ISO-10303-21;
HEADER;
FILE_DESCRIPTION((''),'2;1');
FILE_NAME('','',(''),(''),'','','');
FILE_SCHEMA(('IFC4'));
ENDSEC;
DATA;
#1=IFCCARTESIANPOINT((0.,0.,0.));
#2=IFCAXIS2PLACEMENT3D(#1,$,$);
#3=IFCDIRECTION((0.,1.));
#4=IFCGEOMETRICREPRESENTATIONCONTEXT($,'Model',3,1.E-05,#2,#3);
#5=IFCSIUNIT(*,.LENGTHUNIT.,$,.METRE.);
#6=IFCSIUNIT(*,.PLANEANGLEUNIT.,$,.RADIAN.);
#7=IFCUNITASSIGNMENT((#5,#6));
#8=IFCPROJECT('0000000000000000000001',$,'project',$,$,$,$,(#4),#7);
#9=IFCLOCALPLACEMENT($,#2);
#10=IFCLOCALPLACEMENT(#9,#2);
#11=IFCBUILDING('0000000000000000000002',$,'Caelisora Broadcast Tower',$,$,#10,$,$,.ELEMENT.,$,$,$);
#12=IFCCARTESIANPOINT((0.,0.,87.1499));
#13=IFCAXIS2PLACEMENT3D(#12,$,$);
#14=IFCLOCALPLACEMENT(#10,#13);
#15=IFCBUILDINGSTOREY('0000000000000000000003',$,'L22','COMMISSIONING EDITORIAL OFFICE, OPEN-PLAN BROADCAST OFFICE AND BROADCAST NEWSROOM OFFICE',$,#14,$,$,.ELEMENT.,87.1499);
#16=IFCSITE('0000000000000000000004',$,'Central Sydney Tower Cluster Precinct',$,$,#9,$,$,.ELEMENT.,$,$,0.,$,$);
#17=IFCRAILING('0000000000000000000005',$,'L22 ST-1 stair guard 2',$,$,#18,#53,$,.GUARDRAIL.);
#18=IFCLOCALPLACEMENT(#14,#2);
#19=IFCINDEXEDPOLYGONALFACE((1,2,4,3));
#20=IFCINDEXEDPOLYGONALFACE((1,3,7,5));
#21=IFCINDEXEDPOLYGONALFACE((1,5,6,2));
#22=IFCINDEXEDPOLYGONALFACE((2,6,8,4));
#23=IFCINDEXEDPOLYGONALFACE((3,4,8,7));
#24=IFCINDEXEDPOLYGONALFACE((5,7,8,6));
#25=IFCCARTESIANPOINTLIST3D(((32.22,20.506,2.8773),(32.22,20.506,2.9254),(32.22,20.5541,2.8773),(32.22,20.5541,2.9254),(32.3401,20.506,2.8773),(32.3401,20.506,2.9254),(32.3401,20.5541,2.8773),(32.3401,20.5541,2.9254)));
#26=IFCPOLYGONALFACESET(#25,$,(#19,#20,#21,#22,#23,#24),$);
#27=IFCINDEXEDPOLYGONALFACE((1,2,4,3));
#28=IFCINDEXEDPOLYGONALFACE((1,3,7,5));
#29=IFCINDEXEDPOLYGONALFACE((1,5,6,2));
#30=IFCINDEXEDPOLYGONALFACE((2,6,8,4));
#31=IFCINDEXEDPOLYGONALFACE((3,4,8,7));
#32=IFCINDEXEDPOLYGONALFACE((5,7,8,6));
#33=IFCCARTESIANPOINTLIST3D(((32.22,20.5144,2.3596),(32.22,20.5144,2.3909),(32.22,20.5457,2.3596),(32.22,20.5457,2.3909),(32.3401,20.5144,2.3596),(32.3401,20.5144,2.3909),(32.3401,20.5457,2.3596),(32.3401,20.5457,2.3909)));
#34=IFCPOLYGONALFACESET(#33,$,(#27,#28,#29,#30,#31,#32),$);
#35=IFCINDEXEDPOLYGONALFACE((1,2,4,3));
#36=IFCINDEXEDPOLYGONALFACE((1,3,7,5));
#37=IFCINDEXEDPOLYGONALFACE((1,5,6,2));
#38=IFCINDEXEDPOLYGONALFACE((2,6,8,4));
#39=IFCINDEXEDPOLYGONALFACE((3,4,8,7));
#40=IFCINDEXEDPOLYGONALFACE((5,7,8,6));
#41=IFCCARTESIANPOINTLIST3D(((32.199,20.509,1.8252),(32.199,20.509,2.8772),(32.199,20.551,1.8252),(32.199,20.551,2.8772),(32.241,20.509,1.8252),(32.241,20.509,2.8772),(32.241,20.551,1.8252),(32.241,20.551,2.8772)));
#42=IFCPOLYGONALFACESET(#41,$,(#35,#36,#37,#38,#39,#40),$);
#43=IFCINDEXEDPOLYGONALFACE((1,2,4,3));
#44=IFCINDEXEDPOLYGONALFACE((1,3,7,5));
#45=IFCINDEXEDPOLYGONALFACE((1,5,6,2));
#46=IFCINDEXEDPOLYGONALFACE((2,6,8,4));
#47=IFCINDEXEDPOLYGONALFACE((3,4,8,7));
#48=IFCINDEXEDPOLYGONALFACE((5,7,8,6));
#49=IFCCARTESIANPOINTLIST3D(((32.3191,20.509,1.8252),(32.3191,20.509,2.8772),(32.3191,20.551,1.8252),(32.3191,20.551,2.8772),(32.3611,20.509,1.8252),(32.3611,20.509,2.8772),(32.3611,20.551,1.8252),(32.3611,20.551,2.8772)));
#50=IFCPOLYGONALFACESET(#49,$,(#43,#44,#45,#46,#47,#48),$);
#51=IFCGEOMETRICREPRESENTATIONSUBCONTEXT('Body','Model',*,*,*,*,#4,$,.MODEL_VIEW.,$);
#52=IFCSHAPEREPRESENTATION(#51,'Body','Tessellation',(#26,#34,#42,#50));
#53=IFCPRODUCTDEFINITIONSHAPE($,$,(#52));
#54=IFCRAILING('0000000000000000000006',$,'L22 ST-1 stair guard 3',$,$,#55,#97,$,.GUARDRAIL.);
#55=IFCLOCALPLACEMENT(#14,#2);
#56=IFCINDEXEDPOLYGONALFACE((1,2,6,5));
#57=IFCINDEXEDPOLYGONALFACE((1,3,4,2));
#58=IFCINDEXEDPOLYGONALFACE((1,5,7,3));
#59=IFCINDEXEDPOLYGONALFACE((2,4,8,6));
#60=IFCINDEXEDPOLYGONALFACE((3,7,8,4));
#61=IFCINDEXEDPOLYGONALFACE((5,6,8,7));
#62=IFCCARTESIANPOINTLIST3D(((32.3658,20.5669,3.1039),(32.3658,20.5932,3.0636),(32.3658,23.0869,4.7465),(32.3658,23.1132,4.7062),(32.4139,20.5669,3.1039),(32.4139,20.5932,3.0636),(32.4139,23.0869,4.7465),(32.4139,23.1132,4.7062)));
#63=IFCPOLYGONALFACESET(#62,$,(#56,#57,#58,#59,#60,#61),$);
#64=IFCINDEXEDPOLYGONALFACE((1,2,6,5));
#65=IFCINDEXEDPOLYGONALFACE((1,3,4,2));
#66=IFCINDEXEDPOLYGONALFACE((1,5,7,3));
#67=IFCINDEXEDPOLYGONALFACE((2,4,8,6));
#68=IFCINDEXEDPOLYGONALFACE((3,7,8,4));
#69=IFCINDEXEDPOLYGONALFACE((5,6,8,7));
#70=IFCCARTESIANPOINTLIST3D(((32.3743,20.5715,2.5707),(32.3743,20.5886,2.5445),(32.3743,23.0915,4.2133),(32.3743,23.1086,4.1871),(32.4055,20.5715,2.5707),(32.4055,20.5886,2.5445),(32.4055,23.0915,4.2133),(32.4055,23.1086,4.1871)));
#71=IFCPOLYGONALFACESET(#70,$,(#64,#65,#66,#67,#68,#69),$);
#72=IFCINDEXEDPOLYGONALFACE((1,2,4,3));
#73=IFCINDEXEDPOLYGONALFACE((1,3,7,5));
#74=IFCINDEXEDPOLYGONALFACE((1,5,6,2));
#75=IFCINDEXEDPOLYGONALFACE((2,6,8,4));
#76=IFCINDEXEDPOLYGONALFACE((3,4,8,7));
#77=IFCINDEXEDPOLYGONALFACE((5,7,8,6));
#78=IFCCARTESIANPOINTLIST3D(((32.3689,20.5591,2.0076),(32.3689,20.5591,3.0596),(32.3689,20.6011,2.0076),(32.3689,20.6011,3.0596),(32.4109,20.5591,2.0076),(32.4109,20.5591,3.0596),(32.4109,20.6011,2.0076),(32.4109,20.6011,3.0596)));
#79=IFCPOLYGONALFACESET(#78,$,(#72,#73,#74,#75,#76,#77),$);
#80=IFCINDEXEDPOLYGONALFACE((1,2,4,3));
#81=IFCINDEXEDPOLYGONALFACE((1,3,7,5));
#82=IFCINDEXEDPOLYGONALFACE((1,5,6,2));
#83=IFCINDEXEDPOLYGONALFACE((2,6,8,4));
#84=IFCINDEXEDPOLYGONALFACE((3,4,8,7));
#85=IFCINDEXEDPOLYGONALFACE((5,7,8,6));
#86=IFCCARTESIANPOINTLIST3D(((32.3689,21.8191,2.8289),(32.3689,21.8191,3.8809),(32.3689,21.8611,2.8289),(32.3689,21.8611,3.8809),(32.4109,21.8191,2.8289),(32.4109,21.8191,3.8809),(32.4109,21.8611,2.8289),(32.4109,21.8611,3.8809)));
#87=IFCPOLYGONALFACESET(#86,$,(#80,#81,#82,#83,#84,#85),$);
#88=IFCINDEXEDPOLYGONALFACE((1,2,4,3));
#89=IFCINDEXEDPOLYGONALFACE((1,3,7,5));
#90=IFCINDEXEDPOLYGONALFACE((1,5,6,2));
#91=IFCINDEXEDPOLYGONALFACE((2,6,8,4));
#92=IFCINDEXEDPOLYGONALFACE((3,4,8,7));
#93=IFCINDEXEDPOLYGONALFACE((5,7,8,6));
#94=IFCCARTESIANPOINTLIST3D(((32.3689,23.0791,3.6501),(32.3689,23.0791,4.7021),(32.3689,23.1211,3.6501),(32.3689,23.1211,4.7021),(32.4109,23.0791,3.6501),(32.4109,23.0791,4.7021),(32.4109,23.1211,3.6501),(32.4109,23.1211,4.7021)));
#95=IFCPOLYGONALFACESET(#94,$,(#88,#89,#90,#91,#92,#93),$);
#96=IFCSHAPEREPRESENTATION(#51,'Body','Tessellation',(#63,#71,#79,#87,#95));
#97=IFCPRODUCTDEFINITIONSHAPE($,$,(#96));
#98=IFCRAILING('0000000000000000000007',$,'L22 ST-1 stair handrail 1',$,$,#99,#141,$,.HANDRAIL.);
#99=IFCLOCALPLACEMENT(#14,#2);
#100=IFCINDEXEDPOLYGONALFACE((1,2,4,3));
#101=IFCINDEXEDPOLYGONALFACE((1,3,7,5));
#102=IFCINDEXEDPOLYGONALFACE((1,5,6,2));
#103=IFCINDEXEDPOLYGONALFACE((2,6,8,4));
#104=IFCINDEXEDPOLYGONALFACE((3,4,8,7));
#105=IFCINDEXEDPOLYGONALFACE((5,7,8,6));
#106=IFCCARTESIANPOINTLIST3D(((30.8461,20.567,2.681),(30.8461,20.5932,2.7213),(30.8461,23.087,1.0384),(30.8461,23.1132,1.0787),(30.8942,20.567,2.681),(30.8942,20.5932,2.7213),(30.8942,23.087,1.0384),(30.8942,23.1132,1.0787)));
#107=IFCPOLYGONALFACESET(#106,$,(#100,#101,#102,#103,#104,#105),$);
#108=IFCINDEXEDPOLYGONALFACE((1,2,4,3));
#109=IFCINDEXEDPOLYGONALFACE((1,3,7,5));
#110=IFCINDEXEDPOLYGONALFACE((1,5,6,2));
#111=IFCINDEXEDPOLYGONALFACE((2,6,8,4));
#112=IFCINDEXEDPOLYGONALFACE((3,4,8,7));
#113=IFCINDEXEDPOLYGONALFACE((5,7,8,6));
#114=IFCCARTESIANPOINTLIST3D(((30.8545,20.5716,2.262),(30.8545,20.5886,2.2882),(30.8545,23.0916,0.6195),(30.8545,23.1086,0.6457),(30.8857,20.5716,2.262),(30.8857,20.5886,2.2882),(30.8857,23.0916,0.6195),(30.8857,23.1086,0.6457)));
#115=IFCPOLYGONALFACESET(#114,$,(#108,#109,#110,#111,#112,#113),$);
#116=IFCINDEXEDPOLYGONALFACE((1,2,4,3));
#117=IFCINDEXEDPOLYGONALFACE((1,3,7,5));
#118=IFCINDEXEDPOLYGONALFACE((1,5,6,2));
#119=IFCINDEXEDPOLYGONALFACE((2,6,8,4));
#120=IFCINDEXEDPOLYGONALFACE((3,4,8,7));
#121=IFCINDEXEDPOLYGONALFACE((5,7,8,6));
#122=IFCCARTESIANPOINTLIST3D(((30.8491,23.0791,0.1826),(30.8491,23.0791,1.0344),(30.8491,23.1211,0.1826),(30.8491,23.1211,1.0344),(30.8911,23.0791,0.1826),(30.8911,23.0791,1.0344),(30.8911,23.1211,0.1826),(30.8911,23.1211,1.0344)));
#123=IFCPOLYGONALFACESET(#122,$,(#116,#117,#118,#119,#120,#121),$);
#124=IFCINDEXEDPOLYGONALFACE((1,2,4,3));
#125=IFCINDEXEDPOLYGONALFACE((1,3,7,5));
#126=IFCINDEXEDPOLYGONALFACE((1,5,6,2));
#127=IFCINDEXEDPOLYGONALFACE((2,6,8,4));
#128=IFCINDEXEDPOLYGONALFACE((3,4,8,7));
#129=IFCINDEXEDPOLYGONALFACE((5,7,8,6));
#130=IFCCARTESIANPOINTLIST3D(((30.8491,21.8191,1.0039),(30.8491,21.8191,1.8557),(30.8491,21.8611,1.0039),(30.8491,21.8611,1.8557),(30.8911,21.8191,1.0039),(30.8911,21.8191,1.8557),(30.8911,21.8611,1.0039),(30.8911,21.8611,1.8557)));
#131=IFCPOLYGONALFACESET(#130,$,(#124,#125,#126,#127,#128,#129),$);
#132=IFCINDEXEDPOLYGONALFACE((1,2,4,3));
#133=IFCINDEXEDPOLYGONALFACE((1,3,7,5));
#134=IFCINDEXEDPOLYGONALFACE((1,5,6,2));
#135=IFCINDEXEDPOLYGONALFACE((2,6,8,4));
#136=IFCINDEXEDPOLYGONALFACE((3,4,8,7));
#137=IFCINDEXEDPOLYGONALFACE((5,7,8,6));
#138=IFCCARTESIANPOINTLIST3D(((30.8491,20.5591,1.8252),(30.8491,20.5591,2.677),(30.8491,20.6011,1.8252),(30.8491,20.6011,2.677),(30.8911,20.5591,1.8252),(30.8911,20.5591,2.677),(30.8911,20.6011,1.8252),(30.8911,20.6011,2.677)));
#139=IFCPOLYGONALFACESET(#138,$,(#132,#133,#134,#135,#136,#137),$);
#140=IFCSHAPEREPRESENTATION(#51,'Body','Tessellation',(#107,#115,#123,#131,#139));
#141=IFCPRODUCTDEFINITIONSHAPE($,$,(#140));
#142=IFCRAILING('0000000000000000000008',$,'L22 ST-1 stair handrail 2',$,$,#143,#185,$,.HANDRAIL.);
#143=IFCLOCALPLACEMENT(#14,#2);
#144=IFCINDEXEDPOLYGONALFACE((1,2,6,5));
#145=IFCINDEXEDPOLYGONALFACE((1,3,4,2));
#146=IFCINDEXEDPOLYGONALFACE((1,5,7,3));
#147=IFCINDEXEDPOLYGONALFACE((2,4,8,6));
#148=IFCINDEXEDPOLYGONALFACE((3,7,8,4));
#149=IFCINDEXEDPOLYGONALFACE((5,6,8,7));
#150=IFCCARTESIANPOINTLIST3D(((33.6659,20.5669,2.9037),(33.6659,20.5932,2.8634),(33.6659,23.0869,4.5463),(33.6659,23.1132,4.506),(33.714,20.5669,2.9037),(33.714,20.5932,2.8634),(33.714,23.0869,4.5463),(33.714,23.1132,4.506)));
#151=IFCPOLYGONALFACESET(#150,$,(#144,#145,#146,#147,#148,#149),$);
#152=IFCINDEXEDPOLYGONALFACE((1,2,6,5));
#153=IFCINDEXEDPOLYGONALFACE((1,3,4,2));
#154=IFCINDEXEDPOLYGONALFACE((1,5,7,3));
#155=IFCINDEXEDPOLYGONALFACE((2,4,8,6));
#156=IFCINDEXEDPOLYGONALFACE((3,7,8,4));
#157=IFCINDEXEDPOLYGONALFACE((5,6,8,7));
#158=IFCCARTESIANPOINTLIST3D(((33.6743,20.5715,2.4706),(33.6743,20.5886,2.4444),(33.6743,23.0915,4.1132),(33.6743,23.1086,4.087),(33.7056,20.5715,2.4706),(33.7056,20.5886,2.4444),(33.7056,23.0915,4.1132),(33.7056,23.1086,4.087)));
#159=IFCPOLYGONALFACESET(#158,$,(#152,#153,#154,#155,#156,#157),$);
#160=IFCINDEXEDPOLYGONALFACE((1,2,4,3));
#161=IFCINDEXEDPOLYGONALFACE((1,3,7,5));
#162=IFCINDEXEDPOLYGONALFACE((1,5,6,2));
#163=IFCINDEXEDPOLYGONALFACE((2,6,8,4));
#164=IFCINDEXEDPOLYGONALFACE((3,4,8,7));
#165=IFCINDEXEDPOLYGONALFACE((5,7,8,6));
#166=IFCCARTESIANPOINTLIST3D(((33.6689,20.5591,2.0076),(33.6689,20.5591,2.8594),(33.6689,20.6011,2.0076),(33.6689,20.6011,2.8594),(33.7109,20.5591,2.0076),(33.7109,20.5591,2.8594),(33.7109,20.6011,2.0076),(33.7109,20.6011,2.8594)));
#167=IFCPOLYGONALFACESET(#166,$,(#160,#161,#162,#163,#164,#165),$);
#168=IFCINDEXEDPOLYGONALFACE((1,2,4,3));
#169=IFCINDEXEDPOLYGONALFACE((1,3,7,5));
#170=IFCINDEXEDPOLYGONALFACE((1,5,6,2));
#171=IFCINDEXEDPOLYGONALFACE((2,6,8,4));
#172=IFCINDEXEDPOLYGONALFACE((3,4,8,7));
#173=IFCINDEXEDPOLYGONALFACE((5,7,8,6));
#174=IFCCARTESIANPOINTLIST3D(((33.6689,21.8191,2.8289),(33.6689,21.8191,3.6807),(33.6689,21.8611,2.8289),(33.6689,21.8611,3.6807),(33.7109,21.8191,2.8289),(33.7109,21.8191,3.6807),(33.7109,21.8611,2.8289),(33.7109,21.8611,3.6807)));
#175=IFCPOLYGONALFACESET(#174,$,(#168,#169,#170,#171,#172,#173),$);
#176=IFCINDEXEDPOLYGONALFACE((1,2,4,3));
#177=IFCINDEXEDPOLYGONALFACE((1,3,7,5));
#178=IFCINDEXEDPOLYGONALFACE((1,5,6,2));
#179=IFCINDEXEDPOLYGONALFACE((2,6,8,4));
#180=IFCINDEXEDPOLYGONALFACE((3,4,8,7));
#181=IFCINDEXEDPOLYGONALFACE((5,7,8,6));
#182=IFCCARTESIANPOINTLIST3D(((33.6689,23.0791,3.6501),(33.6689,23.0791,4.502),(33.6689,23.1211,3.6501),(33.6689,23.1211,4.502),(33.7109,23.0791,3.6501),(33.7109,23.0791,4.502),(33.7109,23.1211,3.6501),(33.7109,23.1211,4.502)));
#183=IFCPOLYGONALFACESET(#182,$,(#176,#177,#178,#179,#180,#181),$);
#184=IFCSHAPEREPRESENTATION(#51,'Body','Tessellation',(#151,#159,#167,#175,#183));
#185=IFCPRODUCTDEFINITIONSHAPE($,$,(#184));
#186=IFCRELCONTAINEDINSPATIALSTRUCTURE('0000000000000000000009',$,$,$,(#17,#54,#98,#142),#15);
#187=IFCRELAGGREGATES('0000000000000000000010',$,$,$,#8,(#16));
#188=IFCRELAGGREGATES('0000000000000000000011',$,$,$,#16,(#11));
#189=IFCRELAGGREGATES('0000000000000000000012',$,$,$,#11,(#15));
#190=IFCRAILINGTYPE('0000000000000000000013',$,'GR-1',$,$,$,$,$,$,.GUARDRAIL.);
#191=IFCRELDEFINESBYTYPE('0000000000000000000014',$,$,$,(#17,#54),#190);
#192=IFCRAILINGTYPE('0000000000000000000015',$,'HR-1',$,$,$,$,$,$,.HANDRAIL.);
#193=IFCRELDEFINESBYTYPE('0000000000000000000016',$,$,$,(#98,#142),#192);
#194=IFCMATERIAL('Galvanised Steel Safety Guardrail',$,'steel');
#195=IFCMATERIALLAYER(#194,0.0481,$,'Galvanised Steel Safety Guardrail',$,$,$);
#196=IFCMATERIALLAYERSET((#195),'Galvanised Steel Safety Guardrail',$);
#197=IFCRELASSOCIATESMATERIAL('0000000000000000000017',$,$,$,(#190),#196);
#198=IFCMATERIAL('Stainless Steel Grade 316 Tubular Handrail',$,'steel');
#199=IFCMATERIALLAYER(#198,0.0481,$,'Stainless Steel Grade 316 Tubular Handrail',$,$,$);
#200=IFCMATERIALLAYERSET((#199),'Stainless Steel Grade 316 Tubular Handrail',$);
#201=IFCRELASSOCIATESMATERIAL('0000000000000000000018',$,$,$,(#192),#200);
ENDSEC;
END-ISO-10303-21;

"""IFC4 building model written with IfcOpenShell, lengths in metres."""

from ifc_helpers import new_model, si_unit, direction, frame, origin, origin_2d, place, context, subcontext, project, spatial, rectangle, extrude, material, layer, layer_set, type_object, element, save


model = new_model("IFC4")

# Units and contexts
model_context = context("Model", 3, precision=1e-05, world=origin(), true_north=direction((0.0, 1.0)))
body_context = subcontext(model_context, "Body", "Model", "MODEL_VIEW")
ifc_project = project(units=[si_unit("LENGTHUNIT", "METRE"), si_unit("PLANEANGLEUNIT", "RADIAN")], contexts=[model_context])

# Site, building, storey
site_placement = place(None, origin())
site = spatial("IfcSite", under=ifc_project, at=site_placement, Name="Central Sydney Tower Cluster Precinct", CompositionType="ELEMENT", RefElevation=0.0)
building_placement = place(site_placement, origin())
building = spatial("IfcBuilding", under=site, at=building_placement, Name="Caelisora Broadcast Tower", CompositionType="ELEMENT")
storey_placement = place(building_placement, frame((0.0, 0.0, 87.1499)))
storey = spatial("IfcBuildingStorey", under=building, at=storey_placement, Name="L22", Description="COMMISSIONING EDITORIAL OFFICE, OPEN-PLAN BROADCAST OFFICE AND BROADCAST NEWSROOM OFFICE", CompositionType="ELEMENT", Elevation=87.1499)

# Railings
ifc_material_1 = material(Name="Galvanised Steel Safety Guardrail", Category="steel")
ifc_layer_1 = layer(ifc_material_1, 0.0481, Name="Galvanised Steel Safety Guardrail")
ifc_layer_set_1 = layer_set([ifc_layer_1], Name="Galvanised Steel Safety Guardrail")
railing_type_1 = type_object("IfcRailingType", Name="GR-1", PredefinedType="GUARDRAIL", material=ifc_layer_set_1)
railing_1_placement = place(storey_placement, frame((32.22, 20.53, 1.8252)))
element("IfcRailing", 1, at=railing_1_placement, inside=storey, type_object=railing_type_1, Name="L22 ST-1 stair guard 2", PredefinedType="GUARDRAIL", context=body_context, shape_type="SweptSolid", body=[
    extrude(rectangle(XDim=0.0481, YDim=0.0481, at=origin_2d()), frame((0.0, 0.0, 1.0762), z_axis=(1.0, 0.0, 0.0), x_axis=(0.0, 1.0, 0.0)), (0.0, 0.0, 1.0), 0.1201),
    extrude(rectangle(XDim=0.0312, YDim=0.0312, at=origin_2d()), frame((0.0, 0.0, 0.55), z_axis=(1.0, 0.0, 0.0), x_axis=(0.0, 1.0, 0.0)), (0.0, 0.0, 1.0), 0.1201),
    extrude(rectangle(XDim=0.042, YDim=0.042, at=origin_2d()), origin(), (0.0, 0.0, 1.0), 1.052),
    extrude(rectangle(XDim=0.042, YDim=0.042, at=origin_2d()), frame((0.1201, 0.0, 0.0)), (0.0, 0.0, 1.0), 1.052),
])
railing_2_placement = place(storey_placement, frame((32.3899, 20.5801, 2.0076)))
element("IfcRailing", 2, at=railing_2_placement, inside=storey, type_object=railing_type_1, Name="L22 ST-1 stair guard 3", PredefinedType="GUARDRAIL", context=body_context, shape_type="SweptSolid", body=[
    extrude(rectangle(XDim=0.0481, YDim=0.0481, at=origin_2d()), frame((0.0, 0.0, 1.0762), z_axis=(0.0, 0.837749, 0.546055), x_axis=(-1.0, 0.0, 0.0)), (0.0, 0.0, 1.0), 3.0081),
    extrude(rectangle(XDim=0.0312, YDim=0.0312, at=origin_2d()), frame((0.0, 0.0, 0.55), z_axis=(0.0, 0.837749, 0.546055), x_axis=(-1.0, 0.0, 0.0)), (0.0, 0.0, 1.0), 3.0081),
    extrude(rectangle(XDim=0.042, YDim=0.042, at=origin_2d()), origin(), (0.0, 0.0, 1.0), 1.052),
    extrude(rectangle(XDim=0.042, YDim=0.042, at=origin_2d()), frame((0.0, 1.26, 0.8213)), (0.0, 0.0, 1.0), 1.052),
    extrude(rectangle(XDim=0.042, YDim=0.042, at=origin_2d()), frame((0.0, 2.52, 1.6426)), (0.0, 0.0, 1.0), 1.052),
])
ifc_material_2 = material(Name="Stainless Steel Grade 316 Tubular Handrail", Category="steel")
ifc_layer_2 = layer(ifc_material_2, 0.0481, Name="Stainless Steel Grade 316 Tubular Handrail")
ifc_layer_set_2 = layer_set([ifc_layer_2], Name="Stainless Steel Grade 316 Tubular Handrail")
railing_type_2 = type_object("IfcRailingType", Name="HR-1", PredefinedType="HANDRAIL", material=ifc_layer_set_2)
railing_3_placement = place(storey_placement, frame((30.8701, 23.1001, 0.1826)))
element("IfcRailing", 3, at=railing_3_placement, inside=storey, type_object=railing_type_2, Name="L22 ST-1 stair handrail 1", PredefinedType="HANDRAIL", context=body_context, shape_type="SweptSolid", body=[
    extrude(rectangle(XDim=0.0481, YDim=0.0481, at=origin_2d()), frame((0.0, 0.0, 0.876), z_axis=(0.0, -0.837749, 0.546055), x_axis=(1.0, 0.0, 0.0)), (0.0, 0.0, 1.0), 3.0081),
    extrude(rectangle(XDim=0.0312, YDim=0.0312, at=origin_2d()), frame((0.0, 0.0, 0.45), z_axis=(0.0, -0.837749, 0.546055), x_axis=(1.0, 0.0, 0.0)), (0.0, 0.0, 1.0), 3.0081),
    extrude(rectangle(XDim=0.042, YDim=0.042, at=origin_2d()), origin(), (0.0, 0.0, 1.0), 0.8518),
    extrude(rectangle(XDim=0.042, YDim=0.042, at=origin_2d()), frame((0.0, -1.26, 0.8213)), (0.0, 0.0, 1.0), 0.8518),
    extrude(rectangle(XDim=0.042, YDim=0.042, at=origin_2d()), frame((0.0, -2.52, 1.6426)), (0.0, 0.0, 1.0), 0.8518),
])
railing_4_placement = place(storey_placement, frame((33.6899, 20.5801, 2.0076)))
element("IfcRailing", 4, at=railing_4_placement, inside=storey, type_object=railing_type_2, Name="L22 ST-1 stair handrail 2", PredefinedType="HANDRAIL", context=body_context, shape_type="SweptSolid", body=[
    extrude(rectangle(XDim=0.0481, YDim=0.0481, at=origin_2d()), frame((0.0, 0.0, 0.876), z_axis=(0.0, 0.837749, 0.546055), x_axis=(-1.0, 0.0, 0.0)), (0.0, 0.0, 1.0), 3.0081),
    extrude(rectangle(XDim=0.0312, YDim=0.0312, at=origin_2d()), frame((0.0, 0.0, 0.45), z_axis=(0.0, 0.837749, 0.546055), x_axis=(-1.0, 0.0, 0.0)), (0.0, 0.0, 1.0), 3.0081),
    extrude(rectangle(XDim=0.042, YDim=0.042, at=origin_2d()), origin(), (0.0, 0.0, 1.0), 0.8518),
    extrude(rectangle(XDim=0.042, YDim=0.042, at=origin_2d()), frame((0.0, 1.26, 0.8213)), (0.0, 0.0, 1.0), 0.8518),
    extrude(rectangle(XDim=0.042, YDim=0.042, at=origin_2d()), frame((0.0, 2.52, 1.6426)), (0.0, 0.0, 1.0), 0.8518),
])

save(model, "model.ifc")
